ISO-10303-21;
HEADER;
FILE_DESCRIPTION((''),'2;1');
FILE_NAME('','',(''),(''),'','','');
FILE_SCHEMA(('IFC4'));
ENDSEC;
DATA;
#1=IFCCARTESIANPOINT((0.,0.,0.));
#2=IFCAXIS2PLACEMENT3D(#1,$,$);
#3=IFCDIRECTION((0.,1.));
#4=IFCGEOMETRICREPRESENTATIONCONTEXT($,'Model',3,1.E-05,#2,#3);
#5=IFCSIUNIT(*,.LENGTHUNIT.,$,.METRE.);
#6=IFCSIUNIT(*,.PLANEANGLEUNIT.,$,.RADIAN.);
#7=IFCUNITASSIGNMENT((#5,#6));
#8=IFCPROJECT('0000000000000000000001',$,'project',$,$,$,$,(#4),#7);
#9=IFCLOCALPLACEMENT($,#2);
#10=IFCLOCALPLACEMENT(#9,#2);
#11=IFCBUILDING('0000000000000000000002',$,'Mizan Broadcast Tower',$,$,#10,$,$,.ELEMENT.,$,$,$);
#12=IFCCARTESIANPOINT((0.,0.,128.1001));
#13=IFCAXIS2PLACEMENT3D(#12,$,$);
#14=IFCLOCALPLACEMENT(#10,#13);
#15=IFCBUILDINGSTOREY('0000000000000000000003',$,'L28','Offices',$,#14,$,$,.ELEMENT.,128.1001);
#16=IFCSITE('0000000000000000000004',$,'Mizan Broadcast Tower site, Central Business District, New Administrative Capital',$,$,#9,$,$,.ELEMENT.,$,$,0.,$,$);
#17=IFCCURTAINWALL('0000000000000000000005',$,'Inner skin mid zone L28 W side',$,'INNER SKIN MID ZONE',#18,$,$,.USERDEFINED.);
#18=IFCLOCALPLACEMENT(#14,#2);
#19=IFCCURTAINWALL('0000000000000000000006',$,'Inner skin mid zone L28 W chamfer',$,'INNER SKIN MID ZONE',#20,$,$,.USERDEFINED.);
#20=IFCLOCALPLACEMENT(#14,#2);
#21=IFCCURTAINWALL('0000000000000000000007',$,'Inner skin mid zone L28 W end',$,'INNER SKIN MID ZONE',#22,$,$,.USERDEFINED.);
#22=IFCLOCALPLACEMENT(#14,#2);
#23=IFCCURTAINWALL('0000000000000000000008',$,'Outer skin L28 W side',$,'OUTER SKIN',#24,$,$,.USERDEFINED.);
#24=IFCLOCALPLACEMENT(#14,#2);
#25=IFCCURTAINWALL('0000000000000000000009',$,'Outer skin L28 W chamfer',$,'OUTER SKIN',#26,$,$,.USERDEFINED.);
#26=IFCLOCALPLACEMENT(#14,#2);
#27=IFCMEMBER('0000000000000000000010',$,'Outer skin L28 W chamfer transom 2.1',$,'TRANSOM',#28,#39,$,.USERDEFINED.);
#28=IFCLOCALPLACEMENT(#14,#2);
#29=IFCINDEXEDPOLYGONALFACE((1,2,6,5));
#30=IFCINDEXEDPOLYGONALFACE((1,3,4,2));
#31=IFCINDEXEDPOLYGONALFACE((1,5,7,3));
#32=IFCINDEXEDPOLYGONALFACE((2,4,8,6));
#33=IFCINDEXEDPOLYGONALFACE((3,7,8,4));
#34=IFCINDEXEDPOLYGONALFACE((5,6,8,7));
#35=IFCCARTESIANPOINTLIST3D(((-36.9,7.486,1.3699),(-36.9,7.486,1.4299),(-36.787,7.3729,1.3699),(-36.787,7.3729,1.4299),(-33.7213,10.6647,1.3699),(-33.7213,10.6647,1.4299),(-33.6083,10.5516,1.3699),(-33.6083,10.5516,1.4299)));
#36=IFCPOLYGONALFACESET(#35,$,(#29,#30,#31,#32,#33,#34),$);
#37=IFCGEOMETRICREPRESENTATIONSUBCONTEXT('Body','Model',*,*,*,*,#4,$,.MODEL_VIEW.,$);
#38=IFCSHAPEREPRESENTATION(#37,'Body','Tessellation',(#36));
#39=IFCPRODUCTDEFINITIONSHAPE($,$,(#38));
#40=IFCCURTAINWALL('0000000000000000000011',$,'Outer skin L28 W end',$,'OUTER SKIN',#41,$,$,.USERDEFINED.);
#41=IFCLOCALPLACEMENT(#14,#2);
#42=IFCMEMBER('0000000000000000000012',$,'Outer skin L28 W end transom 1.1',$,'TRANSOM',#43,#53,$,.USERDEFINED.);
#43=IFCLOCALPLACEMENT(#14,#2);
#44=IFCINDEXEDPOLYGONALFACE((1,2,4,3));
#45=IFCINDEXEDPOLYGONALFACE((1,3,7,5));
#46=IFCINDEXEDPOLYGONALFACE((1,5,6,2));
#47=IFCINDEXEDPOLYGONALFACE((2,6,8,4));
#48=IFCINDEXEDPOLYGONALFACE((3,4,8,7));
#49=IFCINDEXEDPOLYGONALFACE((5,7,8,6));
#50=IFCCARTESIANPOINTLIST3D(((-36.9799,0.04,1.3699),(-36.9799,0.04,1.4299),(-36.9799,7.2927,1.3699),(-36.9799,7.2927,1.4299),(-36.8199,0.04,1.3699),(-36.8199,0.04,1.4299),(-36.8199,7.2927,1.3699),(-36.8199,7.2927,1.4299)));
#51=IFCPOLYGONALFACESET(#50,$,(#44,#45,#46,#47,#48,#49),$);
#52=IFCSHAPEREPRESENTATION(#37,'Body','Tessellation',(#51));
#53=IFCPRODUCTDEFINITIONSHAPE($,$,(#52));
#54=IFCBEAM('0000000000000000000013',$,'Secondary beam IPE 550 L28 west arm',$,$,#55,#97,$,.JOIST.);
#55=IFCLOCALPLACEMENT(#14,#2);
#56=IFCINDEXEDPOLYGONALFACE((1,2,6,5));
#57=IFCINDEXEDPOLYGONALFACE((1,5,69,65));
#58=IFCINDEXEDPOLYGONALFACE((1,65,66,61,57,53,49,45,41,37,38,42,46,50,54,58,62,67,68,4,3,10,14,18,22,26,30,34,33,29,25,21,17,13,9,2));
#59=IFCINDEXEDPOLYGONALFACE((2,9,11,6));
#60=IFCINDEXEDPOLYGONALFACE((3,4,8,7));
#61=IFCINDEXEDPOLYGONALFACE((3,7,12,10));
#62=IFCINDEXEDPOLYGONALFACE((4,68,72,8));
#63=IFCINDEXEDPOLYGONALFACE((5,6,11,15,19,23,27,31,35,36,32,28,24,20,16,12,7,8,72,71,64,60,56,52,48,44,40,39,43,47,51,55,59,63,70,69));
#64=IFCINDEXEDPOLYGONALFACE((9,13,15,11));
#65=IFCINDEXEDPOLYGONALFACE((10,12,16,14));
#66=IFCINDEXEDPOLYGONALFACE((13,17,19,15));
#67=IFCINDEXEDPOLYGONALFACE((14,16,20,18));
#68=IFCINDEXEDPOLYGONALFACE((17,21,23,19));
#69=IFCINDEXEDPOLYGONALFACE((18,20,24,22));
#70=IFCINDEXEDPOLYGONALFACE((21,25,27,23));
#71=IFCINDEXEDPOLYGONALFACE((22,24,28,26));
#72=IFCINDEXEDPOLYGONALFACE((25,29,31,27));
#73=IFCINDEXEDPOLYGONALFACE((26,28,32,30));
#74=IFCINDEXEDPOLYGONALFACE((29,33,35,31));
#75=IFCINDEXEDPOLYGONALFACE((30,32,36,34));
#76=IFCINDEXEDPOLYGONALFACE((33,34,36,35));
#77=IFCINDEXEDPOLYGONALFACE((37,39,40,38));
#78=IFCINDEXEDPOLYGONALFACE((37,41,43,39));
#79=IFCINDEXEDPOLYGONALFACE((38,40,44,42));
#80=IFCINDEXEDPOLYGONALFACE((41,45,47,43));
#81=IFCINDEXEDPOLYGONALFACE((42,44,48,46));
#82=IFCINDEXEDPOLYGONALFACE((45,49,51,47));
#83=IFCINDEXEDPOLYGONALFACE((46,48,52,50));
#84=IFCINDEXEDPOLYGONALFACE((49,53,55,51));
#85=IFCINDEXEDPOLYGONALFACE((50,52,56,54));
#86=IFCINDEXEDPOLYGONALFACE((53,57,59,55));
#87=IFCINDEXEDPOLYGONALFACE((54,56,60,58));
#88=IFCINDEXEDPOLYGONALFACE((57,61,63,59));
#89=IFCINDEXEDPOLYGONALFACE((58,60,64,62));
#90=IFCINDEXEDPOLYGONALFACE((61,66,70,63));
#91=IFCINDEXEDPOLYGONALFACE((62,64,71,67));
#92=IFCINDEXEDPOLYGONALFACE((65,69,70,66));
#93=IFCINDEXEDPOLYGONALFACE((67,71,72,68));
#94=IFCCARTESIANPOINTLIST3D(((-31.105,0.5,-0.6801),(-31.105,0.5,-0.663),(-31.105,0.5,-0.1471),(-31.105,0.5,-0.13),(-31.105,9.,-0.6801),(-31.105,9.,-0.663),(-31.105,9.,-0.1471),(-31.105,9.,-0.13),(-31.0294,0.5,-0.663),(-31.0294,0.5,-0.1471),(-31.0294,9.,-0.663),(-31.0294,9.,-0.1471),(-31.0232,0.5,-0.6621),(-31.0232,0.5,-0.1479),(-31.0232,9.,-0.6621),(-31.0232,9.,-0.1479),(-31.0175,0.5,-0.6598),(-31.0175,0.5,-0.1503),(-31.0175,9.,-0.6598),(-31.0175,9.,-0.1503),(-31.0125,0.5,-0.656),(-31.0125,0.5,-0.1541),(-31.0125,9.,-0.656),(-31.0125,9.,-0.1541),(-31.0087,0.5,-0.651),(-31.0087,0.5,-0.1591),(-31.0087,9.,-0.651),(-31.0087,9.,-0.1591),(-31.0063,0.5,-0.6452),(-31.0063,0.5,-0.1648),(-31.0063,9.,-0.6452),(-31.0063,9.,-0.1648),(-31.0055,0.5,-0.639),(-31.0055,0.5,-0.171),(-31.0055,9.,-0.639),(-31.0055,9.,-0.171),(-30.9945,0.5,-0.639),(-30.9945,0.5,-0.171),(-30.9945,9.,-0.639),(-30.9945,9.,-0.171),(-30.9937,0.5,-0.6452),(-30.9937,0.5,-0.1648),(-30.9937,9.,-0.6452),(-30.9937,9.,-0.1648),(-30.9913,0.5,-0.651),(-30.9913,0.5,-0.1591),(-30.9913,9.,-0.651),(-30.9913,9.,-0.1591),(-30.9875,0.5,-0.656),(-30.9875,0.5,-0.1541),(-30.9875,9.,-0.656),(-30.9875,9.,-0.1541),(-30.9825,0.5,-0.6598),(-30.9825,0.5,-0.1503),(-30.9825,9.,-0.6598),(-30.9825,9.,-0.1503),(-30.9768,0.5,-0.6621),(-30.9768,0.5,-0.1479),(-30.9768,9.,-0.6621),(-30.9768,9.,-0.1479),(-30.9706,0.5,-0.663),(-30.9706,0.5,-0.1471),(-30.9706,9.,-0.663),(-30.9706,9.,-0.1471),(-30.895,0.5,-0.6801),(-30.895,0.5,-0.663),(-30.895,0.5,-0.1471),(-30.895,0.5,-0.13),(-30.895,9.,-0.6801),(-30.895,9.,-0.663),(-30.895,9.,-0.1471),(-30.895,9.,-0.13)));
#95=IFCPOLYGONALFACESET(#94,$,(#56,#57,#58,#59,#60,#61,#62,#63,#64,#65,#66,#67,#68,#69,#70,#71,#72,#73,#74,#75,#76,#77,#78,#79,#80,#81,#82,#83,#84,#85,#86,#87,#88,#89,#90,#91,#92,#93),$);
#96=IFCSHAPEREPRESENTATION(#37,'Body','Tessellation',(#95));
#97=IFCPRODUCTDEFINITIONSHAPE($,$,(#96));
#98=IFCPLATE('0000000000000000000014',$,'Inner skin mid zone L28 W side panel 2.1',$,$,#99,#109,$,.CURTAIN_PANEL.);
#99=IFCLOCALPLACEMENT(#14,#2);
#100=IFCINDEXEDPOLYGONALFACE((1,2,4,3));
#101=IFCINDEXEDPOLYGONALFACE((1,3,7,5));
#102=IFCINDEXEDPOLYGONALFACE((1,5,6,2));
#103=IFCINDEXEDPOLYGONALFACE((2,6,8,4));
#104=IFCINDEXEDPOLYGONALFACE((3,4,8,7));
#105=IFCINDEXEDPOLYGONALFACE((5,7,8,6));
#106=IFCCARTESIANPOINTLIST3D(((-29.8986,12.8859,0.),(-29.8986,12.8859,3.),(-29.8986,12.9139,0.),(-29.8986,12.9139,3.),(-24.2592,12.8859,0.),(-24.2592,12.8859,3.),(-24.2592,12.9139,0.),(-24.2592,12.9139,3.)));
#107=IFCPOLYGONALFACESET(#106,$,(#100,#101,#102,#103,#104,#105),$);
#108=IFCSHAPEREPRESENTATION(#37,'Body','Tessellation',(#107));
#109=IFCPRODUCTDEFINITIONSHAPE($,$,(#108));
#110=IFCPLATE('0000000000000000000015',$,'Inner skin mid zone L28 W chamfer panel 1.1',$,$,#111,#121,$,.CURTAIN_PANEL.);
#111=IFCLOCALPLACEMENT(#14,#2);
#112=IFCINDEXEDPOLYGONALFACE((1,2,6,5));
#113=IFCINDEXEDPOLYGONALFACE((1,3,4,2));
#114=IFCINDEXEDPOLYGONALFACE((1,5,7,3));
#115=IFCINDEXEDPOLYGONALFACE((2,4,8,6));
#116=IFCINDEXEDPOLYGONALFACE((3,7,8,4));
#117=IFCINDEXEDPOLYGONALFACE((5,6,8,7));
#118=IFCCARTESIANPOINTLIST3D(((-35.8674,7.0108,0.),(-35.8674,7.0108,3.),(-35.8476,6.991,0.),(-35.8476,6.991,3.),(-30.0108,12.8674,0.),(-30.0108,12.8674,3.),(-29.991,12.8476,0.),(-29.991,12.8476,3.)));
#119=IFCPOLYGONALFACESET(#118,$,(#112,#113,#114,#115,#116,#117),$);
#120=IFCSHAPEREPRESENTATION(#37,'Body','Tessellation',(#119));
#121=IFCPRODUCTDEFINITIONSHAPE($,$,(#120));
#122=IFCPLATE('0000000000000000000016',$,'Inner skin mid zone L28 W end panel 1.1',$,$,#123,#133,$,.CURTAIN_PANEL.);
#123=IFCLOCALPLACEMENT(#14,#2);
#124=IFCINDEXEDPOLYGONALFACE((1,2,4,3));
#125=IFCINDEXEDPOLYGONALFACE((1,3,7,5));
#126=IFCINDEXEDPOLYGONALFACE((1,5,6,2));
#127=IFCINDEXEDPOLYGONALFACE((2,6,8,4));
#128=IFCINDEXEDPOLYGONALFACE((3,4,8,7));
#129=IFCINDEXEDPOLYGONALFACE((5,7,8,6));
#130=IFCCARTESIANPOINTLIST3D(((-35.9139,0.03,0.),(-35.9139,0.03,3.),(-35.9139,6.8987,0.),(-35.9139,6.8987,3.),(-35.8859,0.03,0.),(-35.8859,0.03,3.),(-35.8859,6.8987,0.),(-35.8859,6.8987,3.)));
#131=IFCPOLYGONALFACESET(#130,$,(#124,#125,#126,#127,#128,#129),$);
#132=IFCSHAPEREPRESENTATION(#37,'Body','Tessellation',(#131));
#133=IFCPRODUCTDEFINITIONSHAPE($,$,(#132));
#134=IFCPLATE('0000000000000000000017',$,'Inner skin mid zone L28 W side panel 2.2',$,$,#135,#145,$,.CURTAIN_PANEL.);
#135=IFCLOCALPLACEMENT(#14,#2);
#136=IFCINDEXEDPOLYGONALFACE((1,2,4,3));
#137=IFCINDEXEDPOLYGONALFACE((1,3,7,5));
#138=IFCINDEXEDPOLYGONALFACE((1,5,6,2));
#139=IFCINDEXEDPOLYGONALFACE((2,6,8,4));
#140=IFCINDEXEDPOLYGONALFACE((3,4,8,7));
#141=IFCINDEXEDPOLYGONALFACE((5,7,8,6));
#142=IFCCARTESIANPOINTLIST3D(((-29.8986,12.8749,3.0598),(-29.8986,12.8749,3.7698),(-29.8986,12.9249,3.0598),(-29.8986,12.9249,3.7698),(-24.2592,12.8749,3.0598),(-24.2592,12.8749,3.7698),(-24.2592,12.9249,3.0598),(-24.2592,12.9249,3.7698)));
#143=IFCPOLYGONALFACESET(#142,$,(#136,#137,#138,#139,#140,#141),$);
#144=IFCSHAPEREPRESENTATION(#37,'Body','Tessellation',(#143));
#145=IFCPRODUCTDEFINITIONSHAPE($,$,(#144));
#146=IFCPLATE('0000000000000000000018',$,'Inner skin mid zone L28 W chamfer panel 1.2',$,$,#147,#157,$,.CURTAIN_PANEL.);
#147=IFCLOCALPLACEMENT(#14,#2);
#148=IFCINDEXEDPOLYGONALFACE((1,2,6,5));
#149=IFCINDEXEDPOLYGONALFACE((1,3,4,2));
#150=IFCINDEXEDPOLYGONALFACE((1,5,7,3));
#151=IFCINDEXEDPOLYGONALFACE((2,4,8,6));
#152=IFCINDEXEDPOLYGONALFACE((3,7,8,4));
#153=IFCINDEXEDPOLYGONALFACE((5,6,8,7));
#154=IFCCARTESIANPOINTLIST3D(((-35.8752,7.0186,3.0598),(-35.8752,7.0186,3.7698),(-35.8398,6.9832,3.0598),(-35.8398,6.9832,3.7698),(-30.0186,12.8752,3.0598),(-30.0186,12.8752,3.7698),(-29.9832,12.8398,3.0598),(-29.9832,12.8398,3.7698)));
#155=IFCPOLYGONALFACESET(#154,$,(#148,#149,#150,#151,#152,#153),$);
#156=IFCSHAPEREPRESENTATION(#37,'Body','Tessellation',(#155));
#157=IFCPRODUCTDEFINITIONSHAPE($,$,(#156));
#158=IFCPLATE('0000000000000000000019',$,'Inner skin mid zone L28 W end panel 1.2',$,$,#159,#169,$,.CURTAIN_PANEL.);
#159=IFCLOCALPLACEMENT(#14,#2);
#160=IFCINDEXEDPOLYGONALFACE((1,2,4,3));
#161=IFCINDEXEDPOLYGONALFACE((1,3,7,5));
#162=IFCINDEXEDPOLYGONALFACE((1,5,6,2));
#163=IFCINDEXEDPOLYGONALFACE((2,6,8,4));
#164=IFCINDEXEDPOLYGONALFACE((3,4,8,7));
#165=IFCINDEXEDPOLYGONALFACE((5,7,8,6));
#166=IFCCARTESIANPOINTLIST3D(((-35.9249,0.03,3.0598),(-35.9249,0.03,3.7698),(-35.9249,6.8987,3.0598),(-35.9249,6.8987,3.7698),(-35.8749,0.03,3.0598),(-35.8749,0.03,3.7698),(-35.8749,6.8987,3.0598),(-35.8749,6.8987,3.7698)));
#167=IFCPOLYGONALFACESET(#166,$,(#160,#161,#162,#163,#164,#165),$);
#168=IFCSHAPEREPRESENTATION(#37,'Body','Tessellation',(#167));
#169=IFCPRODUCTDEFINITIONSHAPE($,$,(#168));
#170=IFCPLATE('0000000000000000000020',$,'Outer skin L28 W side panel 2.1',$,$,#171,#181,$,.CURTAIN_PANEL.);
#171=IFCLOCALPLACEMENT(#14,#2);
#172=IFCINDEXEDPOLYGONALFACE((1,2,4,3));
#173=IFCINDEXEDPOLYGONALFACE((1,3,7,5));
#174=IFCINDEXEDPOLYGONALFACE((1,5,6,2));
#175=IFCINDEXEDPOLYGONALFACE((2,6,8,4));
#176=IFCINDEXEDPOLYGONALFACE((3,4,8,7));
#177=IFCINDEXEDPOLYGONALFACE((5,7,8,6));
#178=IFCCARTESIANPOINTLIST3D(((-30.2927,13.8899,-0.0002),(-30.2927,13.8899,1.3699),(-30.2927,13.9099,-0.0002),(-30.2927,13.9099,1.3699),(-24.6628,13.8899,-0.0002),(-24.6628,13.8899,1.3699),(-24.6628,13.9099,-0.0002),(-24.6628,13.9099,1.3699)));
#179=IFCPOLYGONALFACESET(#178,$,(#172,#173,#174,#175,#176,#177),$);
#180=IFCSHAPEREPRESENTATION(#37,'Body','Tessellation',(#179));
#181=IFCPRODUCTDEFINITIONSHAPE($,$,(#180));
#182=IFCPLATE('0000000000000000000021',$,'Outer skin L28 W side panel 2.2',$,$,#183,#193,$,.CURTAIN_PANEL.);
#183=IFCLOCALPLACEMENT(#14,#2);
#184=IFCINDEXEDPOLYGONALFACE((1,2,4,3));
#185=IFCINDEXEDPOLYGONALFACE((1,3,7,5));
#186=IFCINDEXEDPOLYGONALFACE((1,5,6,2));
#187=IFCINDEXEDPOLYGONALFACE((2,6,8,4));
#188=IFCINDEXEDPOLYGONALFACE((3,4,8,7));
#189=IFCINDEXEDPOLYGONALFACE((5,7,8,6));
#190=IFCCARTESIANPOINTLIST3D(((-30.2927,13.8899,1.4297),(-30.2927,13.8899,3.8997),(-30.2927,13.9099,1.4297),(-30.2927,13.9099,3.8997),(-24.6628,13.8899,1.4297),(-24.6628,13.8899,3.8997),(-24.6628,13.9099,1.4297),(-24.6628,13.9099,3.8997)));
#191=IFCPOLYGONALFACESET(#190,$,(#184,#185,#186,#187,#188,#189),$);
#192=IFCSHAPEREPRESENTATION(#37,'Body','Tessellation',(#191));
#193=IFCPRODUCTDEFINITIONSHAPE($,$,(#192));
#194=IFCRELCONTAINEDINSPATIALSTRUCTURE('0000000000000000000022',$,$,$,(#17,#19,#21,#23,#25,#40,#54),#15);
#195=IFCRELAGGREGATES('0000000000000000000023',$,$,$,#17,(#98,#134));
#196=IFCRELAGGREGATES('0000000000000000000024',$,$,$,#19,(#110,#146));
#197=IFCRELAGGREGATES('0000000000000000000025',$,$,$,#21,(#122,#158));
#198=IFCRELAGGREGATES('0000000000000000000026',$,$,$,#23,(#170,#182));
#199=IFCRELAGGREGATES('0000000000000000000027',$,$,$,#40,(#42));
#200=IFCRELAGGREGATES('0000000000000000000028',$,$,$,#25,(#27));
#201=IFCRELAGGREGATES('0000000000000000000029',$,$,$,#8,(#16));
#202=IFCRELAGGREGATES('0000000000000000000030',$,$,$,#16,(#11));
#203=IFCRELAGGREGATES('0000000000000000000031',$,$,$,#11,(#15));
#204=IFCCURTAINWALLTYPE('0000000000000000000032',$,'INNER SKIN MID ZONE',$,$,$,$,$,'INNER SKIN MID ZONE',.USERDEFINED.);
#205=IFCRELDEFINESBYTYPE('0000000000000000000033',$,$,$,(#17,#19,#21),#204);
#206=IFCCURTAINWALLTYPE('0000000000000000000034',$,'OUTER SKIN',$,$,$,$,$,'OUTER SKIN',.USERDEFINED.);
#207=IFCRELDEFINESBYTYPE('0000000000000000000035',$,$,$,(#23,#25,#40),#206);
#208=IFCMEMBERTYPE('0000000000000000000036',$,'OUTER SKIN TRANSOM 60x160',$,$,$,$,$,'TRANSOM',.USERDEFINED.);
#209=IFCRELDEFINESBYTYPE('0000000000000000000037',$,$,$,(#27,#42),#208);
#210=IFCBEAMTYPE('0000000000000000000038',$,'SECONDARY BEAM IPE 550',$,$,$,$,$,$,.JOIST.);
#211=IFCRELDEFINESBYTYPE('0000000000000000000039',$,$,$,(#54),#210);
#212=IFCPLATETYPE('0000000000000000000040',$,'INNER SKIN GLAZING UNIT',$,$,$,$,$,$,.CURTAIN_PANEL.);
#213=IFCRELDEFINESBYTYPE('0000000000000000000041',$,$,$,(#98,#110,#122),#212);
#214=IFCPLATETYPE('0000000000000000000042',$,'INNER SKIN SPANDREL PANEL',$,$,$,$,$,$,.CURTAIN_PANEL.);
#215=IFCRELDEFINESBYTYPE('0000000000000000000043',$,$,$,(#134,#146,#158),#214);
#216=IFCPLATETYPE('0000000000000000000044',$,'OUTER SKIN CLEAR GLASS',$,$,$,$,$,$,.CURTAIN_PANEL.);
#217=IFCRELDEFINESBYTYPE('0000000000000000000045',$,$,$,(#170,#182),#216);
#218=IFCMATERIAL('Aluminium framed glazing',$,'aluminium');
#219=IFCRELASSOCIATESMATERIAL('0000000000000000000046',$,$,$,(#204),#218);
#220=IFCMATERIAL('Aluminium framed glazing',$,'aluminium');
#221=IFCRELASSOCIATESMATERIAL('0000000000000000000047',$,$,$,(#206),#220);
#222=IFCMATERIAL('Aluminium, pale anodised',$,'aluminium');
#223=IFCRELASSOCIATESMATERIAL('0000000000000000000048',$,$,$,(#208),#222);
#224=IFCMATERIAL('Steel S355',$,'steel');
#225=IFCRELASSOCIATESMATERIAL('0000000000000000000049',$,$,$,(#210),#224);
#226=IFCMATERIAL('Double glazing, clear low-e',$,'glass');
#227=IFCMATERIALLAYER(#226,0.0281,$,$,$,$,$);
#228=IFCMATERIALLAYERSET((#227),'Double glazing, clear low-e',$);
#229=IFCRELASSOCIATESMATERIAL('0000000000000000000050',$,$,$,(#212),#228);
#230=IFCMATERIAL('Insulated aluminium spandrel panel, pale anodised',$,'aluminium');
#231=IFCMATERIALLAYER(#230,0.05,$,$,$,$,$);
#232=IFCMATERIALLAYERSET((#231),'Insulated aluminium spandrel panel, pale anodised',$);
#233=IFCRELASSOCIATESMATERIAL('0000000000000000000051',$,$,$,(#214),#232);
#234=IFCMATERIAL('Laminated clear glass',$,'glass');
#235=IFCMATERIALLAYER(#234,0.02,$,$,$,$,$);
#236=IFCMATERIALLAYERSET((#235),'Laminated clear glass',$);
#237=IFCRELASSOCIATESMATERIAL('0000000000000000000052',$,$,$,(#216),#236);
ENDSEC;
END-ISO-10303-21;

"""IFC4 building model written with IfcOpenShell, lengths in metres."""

from ifc_helpers import new_model, si_unit, direction, frame, origin, origin_2d, place, context, subcontext, project, spatial, rectangle, i_section, extrude, material, layer, layer_set, material_profile, profile_set, type_object, element, aggregate, save


model = new_model("IFC4")

# Units and contexts
model_context = context("Model", 3, precision=1e-05, world=origin(), true_north=direction((0.0, 1.0)))
body_context = subcontext(model_context, "Body", "Model", "MODEL_VIEW")
ifc_project = project(units=[si_unit("LENGTHUNIT", "METRE"), si_unit("PLANEANGLEUNIT", "RADIAN")], contexts=[model_context])

# Site, building, storey
site_placement = place(None, origin())
site = spatial("IfcSite", under=ifc_project, at=site_placement, Name="Mizan Broadcast Tower site, Central Business District, New Administrative Capital", CompositionType="ELEMENT", RefElevation=0.0)
building_placement = place(site_placement, origin())
building = spatial("IfcBuilding", under=site, at=building_placement, Name="Mizan Broadcast Tower", CompositionType="ELEMENT")
storey_placement = place(building_placement, frame((0.0, 0.0, 128.1001)))
storey = spatial("IfcBuildingStorey", under=building, at=storey_placement, Name="L28", Description="Offices", CompositionType="ELEMENT", Elevation=128.1001)

# Curtain wall
ifc_material_1 = material(Name="Aluminium framed glazing", Category="aluminium")
curtain_wall_type_1 = type_object("IfcCurtainWallType", Name="INNER SKIN MID ZONE", ElementType="INNER SKIN MID ZONE", PredefinedType="USERDEFINED", material=ifc_material_1)
curtain_wall_1_placement = place(storey_placement, origin())
curtain_wall_1 = element("IfcCurtainWall", 1, at=curtain_wall_1_placement, inside=storey, type_object=curtain_wall_type_1, Name="Inner skin mid zone L28 W side", ObjectType="INNER SKIN MID ZONE", PredefinedType="USERDEFINED")

# Curtain wall
curtain_wall_2_placement = place(storey_placement, origin())
curtain_wall_2 = element("IfcCurtainWall", 2, at=curtain_wall_2_placement, inside=storey, type_object=curtain_wall_type_1, Name="Inner skin mid zone L28 W chamfer", ObjectType="INNER SKIN MID ZONE", PredefinedType="USERDEFINED")

# Curtain walls
curtain_wall_3_placement = place(storey_placement, origin())
curtain_wall_3 = element("IfcCurtainWall", 3, at=curtain_wall_3_placement, inside=storey, type_object=curtain_wall_type_1, Name="Inner skin mid zone L28 W end", ObjectType="INNER SKIN MID ZONE", PredefinedType="USERDEFINED")
ifc_material_2 = material(Name="Aluminium framed glazing", Category="aluminium")
curtain_wall_type_2 = type_object("IfcCurtainWallType", Name="OUTER SKIN", ElementType="OUTER SKIN", PredefinedType="USERDEFINED", material=ifc_material_2)
curtain_wall_4_placement = place(storey_placement, origin())
curtain_wall_4 = element("IfcCurtainWall", 4, at=curtain_wall_4_placement, inside=storey, type_object=curtain_wall_type_2, Name="Outer skin L28 W side", ObjectType="OUTER SKIN", PredefinedType="USERDEFINED")

# Curtain wall, member
curtain_wall_5_placement = place(storey_placement, origin())
curtain_wall_5 = element("IfcCurtainWall", 5, at=curtain_wall_5_placement, inside=storey, type_object=curtain_wall_type_2, Name="Outer skin L28 W chamfer", ObjectType="OUTER SKIN", PredefinedType="USERDEFINED")
ifc_material_3 = material(Name="Aluminium, pale anodised", Category="aluminium")
ifc_material_profile_1 = material_profile(ifc_material_3, rectangle(XDim=0.1599, YDim=0.0601, at=origin_2d()), Name="TRANSOM 160x60")
ifc_profile_set_1 = profile_set([ifc_material_profile_1], Name="Aluminium, pale anodised")
member_type_1 = type_object("IfcMemberType", Name="OUTER SKIN TRANSOM 60x160", ElementType="TRANSOM", PredefinedType="USERDEFINED", material=ifc_profile_set_1)
member_1_placement = place(storey_placement, frame((-33.6648, 10.6082, 1.3999), z_axis=(-0.707107, -0.707107, 0.0), x_axis=(0.707107, -0.707107, 0.0)))
member_1 = element("IfcMember", 6, at=member_1_placement, type_object=member_type_1, Name="Outer skin L28 W chamfer transom 2.1", ObjectType="TRANSOM", PredefinedType="USERDEFINED", context=body_context, shape_type="SweptSolid", body=[
    extrude(rectangle(XDim=0.1599, YDim=0.0601, at=origin_2d()), origin(), (0.0, 0.0, 1.0), 4.4954),
])

# Curtain wall, member
curtain_wall_6_placement = place(storey_placement, origin())
curtain_wall_6 = element("IfcCurtainWall", 7, at=curtain_wall_6_placement, inside=storey, type_object=curtain_wall_type_2, Name="Outer skin L28 W end", ObjectType="OUTER SKIN", PredefinedType="USERDEFINED")
member_2_placement = place(storey_placement, frame((-36.8999, 7.2927, 1.3999), z_axis=(0.0, -1.0, 0.0), x_axis=(1.0, 0.0, 0.0)))
member_2 = element("IfcMember", 8, at=member_2_placement, type_object=member_type_1, Name="Outer skin L28 W end transom 1.1", ObjectType="TRANSOM", PredefinedType="USERDEFINED", context=body_context, shape_type="SweptSolid", body=[
    extrude(rectangle(XDim=0.1599, YDim=0.0601, at=origin_2d()), origin(), (0.0, 0.0, 1.0), 7.2527),
])

# Beam
ifc_material_4 = material(Name="Steel S355", Category="steel")
ifc_material_profile_2 = material_profile(ifc_material_4, i_section(OverallWidth=0.21, OverallDepth=0.55, WebThickness=0.011, FlangeThickness=0.0171, FilletRadius=0.0239, at=origin_2d()), Name="IPE 550")
ifc_profile_set_2 = profile_set([ifc_material_profile_2], Name="Steel S355")
beam_type_1 = type_object("IfcBeamType", Name="SECONDARY BEAM IPE 550", PredefinedType="JOIST", material=ifc_profile_set_2)
beam_1_placement = place(storey_placement, frame((-31.0, 9.0, -0.405), z_axis=(0.0, -1.0, 0.0), x_axis=(1.0, 0.0, 0.0)))
element("IfcBeam", 9, at=beam_1_placement, inside=storey, type_object=beam_type_1, Name="Secondary beam IPE 550 L28 west arm", PredefinedType="JOIST", context=body_context, shape_type="SweptSolid", body=[
    extrude(i_section(OverallWidth=0.21, OverallDepth=0.55, WebThickness=0.011, FlangeThickness=0.0171, FilletRadius=0.0239, at=origin_2d()), origin(), (0.0, 0.0, 1.0), 8.5),
])

# Plates
ifc_material_5 = material(Name="Double glazing, clear low-e", Category="glass")
ifc_layer_1 = layer(ifc_material_5, 0.0281)
ifc_layer_set_1 = layer_set([ifc_layer_1], Name="Double glazing, clear low-e")
plate_type_1 = type_object("IfcPlateType", Name="INNER SKIN GLAZING UNIT", PredefinedType="CURTAIN_PANEL", material=ifc_layer_set_1)
plate_1_placement = place(storey_placement, frame((-27.0789, 12.8999, 0.0), z_axis=(0.0, 0.0, 1.0), x_axis=(-1.0, 0.0, 0.0)))
plate_1 = element("IfcPlate", 10, at=plate_1_placement, type_object=plate_type_1, Name="Inner skin mid zone L28 W side panel 2.1", PredefinedType="CURTAIN_PANEL", context=body_context, shape_type="SweptSolid", body=[
    extrude(rectangle(XDim=5.6394, YDim=0.0281, at=origin_2d()), origin(), (0.0, 0.0, 1.0), 3.0),
])
plate_2_placement = place(storey_placement, frame((-32.9292, 9.9292, 0.0), z_axis=(0.0, 0.0, 1.0), x_axis=(-0.707107, -0.707107, 0.0)))
plate_2 = element("IfcPlate", 11, at=plate_2_placement, type_object=plate_type_1, Name="Inner skin mid zone L28 W chamfer panel 1.1", PredefinedType="CURTAIN_PANEL", context=body_context, shape_type="SweptSolid", body=[
    extrude(rectangle(XDim=8.2825, YDim=0.0281, at=origin_2d()), origin(), (0.0, 0.0, 1.0), 3.0),
])
plate_3_placement = place(storey_placement, frame((-35.8999, 3.4644, 0.0), z_axis=(0.0, 0.0, 1.0), x_axis=(0.0, -1.0, 0.0)))
plate_3 = element("IfcPlate", 12, at=plate_3_placement, type_object=plate_type_1, Name="Inner skin mid zone L28 W end panel 1.1", PredefinedType="CURTAIN_PANEL", context=body_context, shape_type="SweptSolid", body=[
    extrude(rectangle(XDim=6.8687, YDim=0.0281, at=origin_2d()), origin(), (0.0, 0.0, 1.0), 3.0),
])
ifc_material_6 = material(Name="Insulated aluminium spandrel panel, pale anodised", Category="aluminium")
ifc_layer_2 = layer(ifc_material_6, 0.05)
ifc_layer_set_2 = layer_set([ifc_layer_2], Name="Insulated aluminium spandrel panel, pale anodised")
plate_type_2 = type_object("IfcPlateType", Name="INNER SKIN SPANDREL PANEL", PredefinedType="CURTAIN_PANEL", material=ifc_layer_set_2)
plate_4_placement = place(storey_placement, frame((-27.0789, 12.8999, 3.0598), z_axis=(0.0, 0.0, 1.0), x_axis=(-1.0, 0.0, 0.0)))
plate_4 = element("IfcPlate", 13, at=plate_4_placement, type_object=plate_type_2, Name="Inner skin mid zone L28 W side panel 2.2", PredefinedType="CURTAIN_PANEL", context=body_context, shape_type="SweptSolid", body=[
    extrude(rectangle(XDim=5.6394, YDim=0.05, at=origin_2d()), origin(), (0.0, 0.0, 1.0), 0.71),
])
aggregate(curtain_wall_1, [plate_1, plate_4])
plate_5_placement = place(storey_placement, frame((-32.9292, 9.9292, 3.0598), z_axis=(0.0, 0.0, 1.0), x_axis=(-0.707107, -0.707107, 0.0)))
plate_5 = element("IfcPlate", 14, at=plate_5_placement, type_object=plate_type_2, Name="Inner skin mid zone L28 W chamfer panel 1.2", PredefinedType="CURTAIN_PANEL", context=body_context, shape_type="SweptSolid", body=[
    extrude(rectangle(XDim=8.2825, YDim=0.05, at=origin_2d()), origin(), (0.0, 0.0, 1.0), 0.71),
])
aggregate(curtain_wall_2, [plate_2, plate_5])
plate_6_placement = place(storey_placement, frame((-35.8999, 3.4644, 3.0598), z_axis=(0.0, 0.0, 1.0), x_axis=(0.0, -1.0, 0.0)))
plate_6 = element("IfcPlate", 15, at=plate_6_placement, type_object=plate_type_2, Name="Inner skin mid zone L28 W end panel 1.2", PredefinedType="CURTAIN_PANEL", context=body_context, shape_type="SweptSolid", body=[
    extrude(rectangle(XDim=6.8687, YDim=0.05, at=origin_2d()), origin(), (0.0, 0.0, 1.0), 0.71),
])
aggregate(curtain_wall_3, [plate_3, plate_6])
ifc_material_7 = material(Name="Laminated clear glass", Category="glass")
ifc_layer_3 = layer(ifc_material_7, 0.02)
ifc_layer_set_3 = layer_set([ifc_layer_3], Name="Laminated clear glass")
plate_type_3 = type_object("IfcPlateType", Name="OUTER SKIN CLEAR GLASS", PredefinedType="CURTAIN_PANEL", material=ifc_layer_set_3)
plate_7_placement = place(storey_placement, frame((-27.4778, 13.8999, -0.0002), z_axis=(0.0, 0.0, 1.0), x_axis=(-1.0, 0.0, 0.0)))
plate_7 = element("IfcPlate", 16, at=plate_7_placement, type_object=plate_type_3, Name="Outer skin L28 W side panel 2.1", PredefinedType="CURTAIN_PANEL", context=body_context, shape_type="SweptSolid", body=[
    extrude(rectangle(XDim=5.6299, YDim=0.02, at=origin_2d()), origin(), (0.0, 0.0, 1.0), 1.3701),
])
plate_8_placement = place(storey_placement, frame((-27.4778, 13.8999, 1.4297), z_axis=(0.0, 0.0, 1.0), x_axis=(-1.0, 0.0, 0.0)))
plate_8 = element("IfcPlate", 17, at=plate_8_placement, type_object=plate_type_3, Name="Outer skin L28 W side panel 2.2", PredefinedType="CURTAIN_PANEL", context=body_context, shape_type="SweptSolid", body=[
    extrude(rectangle(XDim=5.6299, YDim=0.02, at=origin_2d()), origin(), (0.0, 0.0, 1.0), 2.47),
])
aggregate(curtain_wall_4, [plate_7, plate_8])
aggregate(curtain_wall_6, [member_2])
aggregate(curtain_wall_5, [member_1])

save(model, "model.ifc")
